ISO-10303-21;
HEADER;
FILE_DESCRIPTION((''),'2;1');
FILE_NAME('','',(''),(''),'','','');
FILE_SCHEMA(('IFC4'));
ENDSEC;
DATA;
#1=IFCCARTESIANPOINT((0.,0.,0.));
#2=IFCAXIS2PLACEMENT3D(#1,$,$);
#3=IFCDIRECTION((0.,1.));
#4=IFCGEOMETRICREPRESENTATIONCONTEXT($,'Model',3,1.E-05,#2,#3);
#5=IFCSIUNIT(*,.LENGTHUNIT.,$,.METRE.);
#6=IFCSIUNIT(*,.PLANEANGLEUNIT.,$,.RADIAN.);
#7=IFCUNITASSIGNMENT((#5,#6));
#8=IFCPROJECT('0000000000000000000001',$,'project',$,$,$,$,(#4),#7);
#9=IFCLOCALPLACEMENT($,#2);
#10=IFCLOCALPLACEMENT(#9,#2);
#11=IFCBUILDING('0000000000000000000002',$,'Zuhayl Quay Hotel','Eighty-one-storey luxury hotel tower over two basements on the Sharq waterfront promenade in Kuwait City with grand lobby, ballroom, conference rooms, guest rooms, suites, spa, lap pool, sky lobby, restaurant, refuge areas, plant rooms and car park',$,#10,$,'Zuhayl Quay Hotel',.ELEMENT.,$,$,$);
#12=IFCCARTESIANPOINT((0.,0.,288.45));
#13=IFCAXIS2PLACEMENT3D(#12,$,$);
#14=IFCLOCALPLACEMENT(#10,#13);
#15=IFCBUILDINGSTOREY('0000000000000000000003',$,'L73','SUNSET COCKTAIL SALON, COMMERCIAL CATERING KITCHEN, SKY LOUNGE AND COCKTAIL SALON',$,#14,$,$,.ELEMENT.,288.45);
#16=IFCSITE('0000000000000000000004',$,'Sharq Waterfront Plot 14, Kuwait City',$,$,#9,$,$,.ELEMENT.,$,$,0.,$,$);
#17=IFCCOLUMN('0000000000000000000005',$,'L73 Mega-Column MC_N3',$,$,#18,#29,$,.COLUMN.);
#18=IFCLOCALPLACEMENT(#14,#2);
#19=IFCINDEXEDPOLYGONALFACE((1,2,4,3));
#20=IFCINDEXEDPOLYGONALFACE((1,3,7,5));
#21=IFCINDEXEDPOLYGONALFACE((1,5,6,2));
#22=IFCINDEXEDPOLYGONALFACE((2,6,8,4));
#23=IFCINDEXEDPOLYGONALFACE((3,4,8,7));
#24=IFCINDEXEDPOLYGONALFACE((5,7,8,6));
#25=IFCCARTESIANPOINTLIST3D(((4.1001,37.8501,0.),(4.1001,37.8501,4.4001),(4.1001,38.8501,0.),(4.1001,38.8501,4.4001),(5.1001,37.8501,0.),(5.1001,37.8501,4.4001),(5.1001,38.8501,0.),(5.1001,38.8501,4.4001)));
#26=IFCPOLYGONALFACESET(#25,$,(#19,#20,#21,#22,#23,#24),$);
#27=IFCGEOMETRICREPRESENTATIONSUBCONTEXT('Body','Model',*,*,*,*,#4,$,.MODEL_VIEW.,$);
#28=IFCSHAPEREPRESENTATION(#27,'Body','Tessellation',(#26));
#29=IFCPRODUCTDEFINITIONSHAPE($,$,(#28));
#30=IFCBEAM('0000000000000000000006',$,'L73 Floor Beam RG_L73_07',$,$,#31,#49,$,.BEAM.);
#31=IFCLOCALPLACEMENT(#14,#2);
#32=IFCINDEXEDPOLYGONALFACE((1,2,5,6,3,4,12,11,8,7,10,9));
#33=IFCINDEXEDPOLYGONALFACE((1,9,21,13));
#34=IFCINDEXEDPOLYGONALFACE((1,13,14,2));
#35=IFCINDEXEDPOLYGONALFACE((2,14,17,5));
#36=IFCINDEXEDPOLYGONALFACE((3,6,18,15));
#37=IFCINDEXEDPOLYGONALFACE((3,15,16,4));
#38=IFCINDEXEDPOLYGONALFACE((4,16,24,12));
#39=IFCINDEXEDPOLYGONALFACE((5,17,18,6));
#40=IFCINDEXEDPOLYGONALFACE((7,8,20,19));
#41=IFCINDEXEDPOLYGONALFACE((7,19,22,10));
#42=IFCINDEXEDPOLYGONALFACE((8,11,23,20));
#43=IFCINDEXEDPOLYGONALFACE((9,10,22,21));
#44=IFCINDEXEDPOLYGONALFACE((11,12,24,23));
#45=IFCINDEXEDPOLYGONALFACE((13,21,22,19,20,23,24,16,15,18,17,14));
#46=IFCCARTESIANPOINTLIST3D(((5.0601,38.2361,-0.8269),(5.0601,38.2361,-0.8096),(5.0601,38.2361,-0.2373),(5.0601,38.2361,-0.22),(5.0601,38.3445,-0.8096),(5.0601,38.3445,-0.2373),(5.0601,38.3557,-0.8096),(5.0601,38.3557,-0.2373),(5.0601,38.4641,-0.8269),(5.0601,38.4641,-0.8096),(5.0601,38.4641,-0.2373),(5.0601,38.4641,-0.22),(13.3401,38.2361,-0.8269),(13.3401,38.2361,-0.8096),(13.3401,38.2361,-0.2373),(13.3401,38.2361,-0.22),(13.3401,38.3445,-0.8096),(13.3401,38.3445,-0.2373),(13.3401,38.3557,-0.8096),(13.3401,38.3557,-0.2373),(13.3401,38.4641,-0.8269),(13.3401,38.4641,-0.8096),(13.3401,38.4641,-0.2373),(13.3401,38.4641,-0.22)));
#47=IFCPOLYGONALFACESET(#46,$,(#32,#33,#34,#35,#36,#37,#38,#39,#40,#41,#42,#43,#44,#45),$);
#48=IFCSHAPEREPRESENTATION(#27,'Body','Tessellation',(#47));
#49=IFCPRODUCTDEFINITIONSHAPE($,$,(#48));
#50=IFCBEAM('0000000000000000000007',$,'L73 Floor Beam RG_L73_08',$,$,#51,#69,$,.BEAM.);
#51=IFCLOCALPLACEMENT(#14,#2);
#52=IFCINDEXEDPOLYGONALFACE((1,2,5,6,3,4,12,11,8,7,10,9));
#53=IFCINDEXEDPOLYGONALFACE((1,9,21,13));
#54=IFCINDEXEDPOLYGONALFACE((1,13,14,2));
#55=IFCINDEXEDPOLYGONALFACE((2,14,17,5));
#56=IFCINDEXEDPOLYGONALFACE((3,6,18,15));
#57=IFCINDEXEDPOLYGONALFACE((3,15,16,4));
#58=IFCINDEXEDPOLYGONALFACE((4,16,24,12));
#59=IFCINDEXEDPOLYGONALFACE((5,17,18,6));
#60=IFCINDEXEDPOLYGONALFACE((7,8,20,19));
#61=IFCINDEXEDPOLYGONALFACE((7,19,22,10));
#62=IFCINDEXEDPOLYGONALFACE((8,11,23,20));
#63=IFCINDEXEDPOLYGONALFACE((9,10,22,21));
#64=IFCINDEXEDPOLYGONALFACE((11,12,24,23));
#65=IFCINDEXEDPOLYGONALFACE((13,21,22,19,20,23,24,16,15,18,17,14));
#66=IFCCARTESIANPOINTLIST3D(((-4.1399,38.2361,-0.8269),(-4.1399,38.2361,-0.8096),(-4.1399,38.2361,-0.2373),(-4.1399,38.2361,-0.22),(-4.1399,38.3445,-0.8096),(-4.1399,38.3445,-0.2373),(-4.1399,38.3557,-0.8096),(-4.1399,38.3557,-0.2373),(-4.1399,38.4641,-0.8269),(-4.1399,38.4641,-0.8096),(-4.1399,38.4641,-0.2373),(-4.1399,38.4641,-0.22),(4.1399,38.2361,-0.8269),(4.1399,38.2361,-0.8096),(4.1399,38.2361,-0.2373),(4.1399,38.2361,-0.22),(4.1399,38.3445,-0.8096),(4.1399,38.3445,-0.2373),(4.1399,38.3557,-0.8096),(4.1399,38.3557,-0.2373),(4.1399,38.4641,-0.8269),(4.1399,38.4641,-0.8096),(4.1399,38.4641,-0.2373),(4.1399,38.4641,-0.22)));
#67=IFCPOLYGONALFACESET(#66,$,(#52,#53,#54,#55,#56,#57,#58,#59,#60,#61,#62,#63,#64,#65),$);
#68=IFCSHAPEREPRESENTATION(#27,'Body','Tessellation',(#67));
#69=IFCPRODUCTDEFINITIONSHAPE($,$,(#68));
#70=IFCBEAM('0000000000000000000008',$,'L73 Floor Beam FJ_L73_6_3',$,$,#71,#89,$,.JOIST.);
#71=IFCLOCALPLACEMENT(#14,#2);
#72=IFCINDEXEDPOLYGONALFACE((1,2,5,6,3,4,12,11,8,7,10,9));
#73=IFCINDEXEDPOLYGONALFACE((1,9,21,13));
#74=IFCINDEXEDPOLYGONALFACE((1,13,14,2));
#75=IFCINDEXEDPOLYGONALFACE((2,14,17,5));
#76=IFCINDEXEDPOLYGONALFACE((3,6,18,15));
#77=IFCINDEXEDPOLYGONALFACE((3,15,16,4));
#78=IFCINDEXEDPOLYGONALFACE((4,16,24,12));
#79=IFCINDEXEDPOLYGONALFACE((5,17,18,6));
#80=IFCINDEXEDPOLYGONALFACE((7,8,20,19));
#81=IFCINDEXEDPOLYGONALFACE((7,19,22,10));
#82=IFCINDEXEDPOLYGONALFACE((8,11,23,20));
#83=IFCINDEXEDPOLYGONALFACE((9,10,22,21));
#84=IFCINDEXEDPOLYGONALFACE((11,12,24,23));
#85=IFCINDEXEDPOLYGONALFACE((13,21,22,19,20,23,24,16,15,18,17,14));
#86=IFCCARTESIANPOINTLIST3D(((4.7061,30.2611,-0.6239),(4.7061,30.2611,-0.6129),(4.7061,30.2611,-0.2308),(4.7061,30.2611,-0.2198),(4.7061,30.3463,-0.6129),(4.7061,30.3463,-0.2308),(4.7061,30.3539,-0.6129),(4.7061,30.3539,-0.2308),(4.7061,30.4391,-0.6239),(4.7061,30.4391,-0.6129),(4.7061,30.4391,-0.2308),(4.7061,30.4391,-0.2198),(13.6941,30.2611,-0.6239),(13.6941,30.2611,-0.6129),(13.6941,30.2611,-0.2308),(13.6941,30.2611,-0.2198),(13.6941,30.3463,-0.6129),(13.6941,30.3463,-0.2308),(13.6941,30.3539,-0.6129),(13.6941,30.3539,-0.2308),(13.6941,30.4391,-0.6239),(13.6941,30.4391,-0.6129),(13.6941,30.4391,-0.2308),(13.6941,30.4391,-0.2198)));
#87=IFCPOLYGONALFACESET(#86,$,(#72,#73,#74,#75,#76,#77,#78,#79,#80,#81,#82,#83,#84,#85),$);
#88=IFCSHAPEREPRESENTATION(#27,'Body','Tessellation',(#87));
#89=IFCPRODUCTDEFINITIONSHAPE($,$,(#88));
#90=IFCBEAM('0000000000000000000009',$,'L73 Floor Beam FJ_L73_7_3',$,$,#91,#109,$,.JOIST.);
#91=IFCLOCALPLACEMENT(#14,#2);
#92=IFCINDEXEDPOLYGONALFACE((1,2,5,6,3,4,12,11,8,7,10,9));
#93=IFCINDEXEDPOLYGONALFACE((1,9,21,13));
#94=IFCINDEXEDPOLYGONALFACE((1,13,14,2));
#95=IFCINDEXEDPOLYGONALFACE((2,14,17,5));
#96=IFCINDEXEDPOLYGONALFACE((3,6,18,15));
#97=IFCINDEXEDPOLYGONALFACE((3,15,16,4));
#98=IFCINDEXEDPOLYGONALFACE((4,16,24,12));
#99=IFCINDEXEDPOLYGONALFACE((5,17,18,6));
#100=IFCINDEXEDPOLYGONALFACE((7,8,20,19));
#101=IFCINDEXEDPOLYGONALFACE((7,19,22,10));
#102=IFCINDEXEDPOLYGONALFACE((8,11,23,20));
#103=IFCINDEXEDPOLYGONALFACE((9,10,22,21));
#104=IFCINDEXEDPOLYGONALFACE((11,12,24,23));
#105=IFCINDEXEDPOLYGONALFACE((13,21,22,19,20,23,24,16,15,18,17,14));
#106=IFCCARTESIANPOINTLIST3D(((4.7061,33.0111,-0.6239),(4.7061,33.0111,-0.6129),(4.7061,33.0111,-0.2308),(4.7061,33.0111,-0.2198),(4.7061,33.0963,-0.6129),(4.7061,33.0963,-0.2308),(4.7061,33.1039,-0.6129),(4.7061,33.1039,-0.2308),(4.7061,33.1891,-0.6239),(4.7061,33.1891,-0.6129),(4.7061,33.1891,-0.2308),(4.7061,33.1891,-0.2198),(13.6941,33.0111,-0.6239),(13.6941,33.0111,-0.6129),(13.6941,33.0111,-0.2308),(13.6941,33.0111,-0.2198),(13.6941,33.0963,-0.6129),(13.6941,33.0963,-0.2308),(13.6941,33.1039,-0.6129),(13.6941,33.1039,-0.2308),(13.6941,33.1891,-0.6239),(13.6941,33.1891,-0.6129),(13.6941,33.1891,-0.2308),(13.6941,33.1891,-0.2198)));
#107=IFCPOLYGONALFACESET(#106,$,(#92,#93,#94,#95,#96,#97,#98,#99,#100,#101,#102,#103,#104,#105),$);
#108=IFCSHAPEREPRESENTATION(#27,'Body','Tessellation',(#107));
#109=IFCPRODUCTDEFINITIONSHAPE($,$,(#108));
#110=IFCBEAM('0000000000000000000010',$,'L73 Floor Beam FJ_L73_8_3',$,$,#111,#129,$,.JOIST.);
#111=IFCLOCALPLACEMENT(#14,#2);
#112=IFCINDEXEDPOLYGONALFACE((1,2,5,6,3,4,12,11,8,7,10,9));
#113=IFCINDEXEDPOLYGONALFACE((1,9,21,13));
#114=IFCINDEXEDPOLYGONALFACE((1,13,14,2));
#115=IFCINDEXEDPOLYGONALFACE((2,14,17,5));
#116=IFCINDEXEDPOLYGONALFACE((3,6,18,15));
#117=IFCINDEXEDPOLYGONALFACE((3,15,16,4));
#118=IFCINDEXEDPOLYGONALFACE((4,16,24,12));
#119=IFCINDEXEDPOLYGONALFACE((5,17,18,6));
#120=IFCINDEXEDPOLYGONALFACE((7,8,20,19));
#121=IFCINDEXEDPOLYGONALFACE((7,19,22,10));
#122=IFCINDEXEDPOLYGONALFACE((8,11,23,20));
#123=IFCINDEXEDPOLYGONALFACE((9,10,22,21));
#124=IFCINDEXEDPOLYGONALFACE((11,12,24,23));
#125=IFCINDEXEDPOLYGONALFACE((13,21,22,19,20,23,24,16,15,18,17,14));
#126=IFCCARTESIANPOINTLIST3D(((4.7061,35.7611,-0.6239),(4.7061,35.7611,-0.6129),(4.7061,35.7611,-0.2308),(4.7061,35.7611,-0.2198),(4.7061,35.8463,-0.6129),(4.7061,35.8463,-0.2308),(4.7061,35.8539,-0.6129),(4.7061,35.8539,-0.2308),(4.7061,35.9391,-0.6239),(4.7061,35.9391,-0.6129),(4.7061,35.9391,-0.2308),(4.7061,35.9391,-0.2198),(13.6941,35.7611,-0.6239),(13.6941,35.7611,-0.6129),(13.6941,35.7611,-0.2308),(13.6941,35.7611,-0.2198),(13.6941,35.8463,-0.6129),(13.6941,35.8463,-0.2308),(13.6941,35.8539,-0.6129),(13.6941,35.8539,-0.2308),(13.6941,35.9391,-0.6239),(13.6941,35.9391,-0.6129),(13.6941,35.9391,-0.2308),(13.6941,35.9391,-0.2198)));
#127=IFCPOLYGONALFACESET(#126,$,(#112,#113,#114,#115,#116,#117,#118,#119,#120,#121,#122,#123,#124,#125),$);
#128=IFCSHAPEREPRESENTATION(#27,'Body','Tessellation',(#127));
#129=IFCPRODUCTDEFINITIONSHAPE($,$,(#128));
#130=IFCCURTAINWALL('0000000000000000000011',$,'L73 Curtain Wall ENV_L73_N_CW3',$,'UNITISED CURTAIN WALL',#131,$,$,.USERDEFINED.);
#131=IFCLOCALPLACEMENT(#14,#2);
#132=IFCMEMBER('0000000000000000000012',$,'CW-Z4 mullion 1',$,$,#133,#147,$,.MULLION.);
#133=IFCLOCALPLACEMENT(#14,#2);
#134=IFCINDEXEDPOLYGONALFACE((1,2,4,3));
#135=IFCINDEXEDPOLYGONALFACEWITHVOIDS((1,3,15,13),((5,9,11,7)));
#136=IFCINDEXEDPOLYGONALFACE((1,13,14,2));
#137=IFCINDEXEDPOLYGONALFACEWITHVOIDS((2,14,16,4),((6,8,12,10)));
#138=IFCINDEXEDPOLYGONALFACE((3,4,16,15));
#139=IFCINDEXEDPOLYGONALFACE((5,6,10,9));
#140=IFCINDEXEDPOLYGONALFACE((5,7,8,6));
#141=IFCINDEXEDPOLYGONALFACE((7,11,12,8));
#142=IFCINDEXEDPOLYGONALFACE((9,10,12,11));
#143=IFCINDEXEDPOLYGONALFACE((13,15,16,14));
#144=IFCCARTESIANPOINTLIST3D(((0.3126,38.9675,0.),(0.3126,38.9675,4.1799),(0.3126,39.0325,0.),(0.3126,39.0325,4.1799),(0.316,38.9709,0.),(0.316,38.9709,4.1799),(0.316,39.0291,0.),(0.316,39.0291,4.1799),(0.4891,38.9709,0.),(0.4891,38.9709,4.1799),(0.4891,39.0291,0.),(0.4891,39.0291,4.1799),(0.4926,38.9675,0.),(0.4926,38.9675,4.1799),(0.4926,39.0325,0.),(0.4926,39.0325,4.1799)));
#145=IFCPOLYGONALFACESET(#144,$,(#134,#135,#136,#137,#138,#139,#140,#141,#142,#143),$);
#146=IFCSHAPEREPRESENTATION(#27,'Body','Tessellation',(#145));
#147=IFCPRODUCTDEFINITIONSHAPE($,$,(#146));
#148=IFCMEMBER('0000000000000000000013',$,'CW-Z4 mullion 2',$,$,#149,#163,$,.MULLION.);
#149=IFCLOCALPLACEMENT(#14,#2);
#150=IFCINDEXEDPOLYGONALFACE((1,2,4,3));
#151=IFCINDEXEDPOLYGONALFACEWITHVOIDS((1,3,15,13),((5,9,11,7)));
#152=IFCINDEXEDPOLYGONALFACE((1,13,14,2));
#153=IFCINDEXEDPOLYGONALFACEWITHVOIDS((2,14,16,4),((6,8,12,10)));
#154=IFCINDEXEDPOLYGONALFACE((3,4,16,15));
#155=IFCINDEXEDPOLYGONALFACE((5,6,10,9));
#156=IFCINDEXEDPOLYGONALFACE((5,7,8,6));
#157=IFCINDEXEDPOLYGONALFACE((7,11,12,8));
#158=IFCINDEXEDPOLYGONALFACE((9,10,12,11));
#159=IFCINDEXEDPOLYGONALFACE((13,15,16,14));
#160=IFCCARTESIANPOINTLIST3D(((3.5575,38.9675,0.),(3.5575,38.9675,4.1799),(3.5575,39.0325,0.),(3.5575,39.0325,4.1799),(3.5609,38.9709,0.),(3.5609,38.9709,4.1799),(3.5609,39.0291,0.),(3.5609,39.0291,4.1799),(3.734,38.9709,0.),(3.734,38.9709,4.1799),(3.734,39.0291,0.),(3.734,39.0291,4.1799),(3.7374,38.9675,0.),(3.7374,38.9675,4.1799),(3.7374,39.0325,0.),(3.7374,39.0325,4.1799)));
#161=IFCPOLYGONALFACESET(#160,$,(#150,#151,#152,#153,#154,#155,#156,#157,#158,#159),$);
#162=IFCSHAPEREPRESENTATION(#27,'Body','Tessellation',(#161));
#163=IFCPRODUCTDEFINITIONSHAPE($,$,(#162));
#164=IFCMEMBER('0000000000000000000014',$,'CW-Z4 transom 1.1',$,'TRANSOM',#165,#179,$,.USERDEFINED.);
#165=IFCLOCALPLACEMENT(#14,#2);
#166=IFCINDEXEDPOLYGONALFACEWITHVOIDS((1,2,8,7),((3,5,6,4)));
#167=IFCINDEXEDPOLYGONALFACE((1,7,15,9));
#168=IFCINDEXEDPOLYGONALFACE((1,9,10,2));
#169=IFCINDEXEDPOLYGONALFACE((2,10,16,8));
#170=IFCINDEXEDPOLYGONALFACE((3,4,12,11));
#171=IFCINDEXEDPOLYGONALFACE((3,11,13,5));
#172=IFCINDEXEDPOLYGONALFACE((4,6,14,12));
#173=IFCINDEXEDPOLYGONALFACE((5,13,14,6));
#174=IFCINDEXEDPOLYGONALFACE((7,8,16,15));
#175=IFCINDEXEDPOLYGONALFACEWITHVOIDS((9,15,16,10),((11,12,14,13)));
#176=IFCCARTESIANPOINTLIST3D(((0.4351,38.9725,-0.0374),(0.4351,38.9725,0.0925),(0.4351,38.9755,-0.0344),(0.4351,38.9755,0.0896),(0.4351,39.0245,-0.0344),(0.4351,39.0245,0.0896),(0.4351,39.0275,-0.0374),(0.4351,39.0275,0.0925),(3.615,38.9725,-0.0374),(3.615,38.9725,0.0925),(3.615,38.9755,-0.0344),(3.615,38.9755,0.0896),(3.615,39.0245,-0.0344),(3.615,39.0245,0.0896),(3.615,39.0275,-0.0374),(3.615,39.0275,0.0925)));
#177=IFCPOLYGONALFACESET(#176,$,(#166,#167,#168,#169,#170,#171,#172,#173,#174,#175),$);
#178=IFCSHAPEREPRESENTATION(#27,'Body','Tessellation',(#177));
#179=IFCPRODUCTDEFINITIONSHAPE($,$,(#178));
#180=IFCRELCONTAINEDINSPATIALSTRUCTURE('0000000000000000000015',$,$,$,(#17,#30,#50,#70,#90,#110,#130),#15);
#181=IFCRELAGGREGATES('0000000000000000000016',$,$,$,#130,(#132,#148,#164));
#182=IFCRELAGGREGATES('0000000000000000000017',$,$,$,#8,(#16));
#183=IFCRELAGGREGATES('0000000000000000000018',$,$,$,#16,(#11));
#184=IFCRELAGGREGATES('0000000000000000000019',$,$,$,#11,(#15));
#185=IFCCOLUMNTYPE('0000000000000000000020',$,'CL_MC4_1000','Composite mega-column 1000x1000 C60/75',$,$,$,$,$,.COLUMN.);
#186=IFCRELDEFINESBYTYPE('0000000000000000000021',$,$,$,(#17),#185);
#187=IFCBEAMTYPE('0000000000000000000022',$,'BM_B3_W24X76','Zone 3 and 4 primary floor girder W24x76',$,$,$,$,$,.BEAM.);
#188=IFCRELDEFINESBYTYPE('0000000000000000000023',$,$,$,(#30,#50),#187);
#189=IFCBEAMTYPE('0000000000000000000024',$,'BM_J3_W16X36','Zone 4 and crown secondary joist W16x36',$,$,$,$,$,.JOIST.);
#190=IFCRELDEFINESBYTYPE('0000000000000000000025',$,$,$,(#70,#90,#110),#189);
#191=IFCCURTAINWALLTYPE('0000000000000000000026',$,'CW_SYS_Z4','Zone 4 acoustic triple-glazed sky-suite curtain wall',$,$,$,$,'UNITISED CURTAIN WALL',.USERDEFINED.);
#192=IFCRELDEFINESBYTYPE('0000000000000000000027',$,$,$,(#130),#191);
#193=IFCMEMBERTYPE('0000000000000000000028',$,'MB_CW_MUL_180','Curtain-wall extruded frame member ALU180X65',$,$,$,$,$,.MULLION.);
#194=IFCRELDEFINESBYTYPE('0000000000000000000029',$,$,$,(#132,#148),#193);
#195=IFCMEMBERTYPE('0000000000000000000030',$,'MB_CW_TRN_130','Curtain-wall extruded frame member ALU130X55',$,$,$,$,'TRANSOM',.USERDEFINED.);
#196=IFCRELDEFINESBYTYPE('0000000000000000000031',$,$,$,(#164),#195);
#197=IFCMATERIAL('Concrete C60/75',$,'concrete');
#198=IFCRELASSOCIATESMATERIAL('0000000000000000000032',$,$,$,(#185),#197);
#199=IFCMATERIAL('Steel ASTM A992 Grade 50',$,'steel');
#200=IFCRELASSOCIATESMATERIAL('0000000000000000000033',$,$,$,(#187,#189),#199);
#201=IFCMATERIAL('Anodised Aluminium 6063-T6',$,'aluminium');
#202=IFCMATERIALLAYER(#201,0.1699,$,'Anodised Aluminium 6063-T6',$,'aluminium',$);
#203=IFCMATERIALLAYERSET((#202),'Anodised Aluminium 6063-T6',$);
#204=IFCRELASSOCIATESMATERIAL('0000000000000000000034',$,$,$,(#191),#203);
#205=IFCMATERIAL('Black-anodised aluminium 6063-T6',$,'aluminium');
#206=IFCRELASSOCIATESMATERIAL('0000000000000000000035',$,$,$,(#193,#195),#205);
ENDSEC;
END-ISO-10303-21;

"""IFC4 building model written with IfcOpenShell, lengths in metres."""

from ifc_helpers import new_model, si_unit, direction, frame, origin, origin_2d, place, context, subcontext, project, spatial, rectangle, hollow_rectangle, i_section, extrude, material, layer, layer_set, material_profile, profile_set, type_object, element, aggregate, save


model = new_model("IFC4")

# Units and contexts
model_context = context("Model", 3, precision=1e-05, world=origin(), true_north=direction((0.0, 1.0)))
body_context = subcontext(model_context, "Body", "Model", "MODEL_VIEW")
ifc_project = project(units=[si_unit("LENGTHUNIT", "METRE"), si_unit("PLANEANGLEUNIT", "RADIAN")], contexts=[model_context])

# Site, building, storey
site_placement = place(None, origin())
site = spatial("IfcSite", under=ifc_project, at=site_placement, Name="Sharq Waterfront Plot 14, Kuwait City", CompositionType="ELEMENT", RefElevation=0.0)
building_placement = place(site_placement, origin())
building = spatial("IfcBuilding", under=site, at=building_placement, Name="Zuhayl Quay Hotel", Description="Eighty-one-storey luxury hotel tower over two basements on the Sharq waterfront promenade in Kuwait City with grand lobby, ballroom, conference rooms, guest rooms, suites, spa, lap pool, sky lobby, restaurant, refuge areas, plant rooms and car park", LongName="Zuhayl Quay Hotel", CompositionType="ELEMENT")
storey_placement = place(building_placement, frame((0.0, 0.0, 288.45)))
storey = spatial("IfcBuildingStorey", under=building, at=storey_placement, Name="L73", Description="SUNSET COCKTAIL SALON, COMMERCIAL CATERING KITCHEN, SKY LOUNGE AND COCKTAIL SALON", CompositionType="ELEMENT", Elevation=288.45)

# Column
ifc_material_1 = material(Name="Concrete C60/75", Category="concrete")
ifc_material_profile_1 = material_profile(ifc_material_1, rectangle(XDim=1.0, YDim=1.0, at=origin_2d()), Name="RC1000X1000")
ifc_profile_set_1 = profile_set([ifc_material_profile_1], Name="Concrete C60/75")
column_type = type_object("IfcColumnType", Name="CL_MC4_1000", Description="Composite mega-column 1000x1000 C60/75", PredefinedType="COLUMN", material=ifc_profile_set_1)
column_placement = place(storey_placement, frame((4.6001, 38.3501, 0.0), z_axis=(0.0, 0.0, 1.0), x_axis=(1.0, 0.0, 0.0)))
element("IfcColumn", 1, at=column_placement, inside=storey, type_object=column_type, Name="L73 Mega-Column MC_N3", PredefinedType="COLUMN", context=body_context, shape_type="SweptSolid", body=[
    extrude(rectangle(XDim=1.0, YDim=1.0, at=origin_2d()), origin(), (0.0, 0.0, 1.0), 4.4001),
])

# Beams
ifc_material_2 = material(Name="Steel ASTM A992 Grade 50", Category="steel")
ifc_material_profile_2 = material_profile(ifc_material_2, i_section(OverallWidth=0.228, OverallDepth=0.6069, WebThickness=0.0112, FlangeThickness=0.0173, at=origin_2d()), Name="W24X76")
ifc_profile_set_2 = profile_set([ifc_material_profile_2], Name="Steel ASTM A992 Grade 50")
beam_type_1 = type_object("IfcBeamType", Name="BM_B3_W24X76", Description="Zone 3 and 4 primary floor girder W24x76", PredefinedType="BEAM", material=ifc_profile_set_2)
beam_1_placement = place(storey_placement, frame((13.3401, 38.3501, -0.5234), z_axis=(-1.0, 0.0, 0.0), x_axis=(0.0, -1.0, 0.0)))
element("IfcBeam", 2, at=beam_1_placement, inside=storey, type_object=beam_type_1, Name="L73 Floor Beam RG_L73_07", PredefinedType="BEAM", context=body_context, shape_type="SweptSolid", body=[
    extrude(i_section(OverallWidth=0.228, OverallDepth=0.6069, WebThickness=0.0112, FlangeThickness=0.0173, at=origin_2d()), origin(), (0.0, 0.0, 1.0), 8.28),
])
beam_2_placement = place(storey_placement, frame((4.1399, 38.3501, -0.5234), z_axis=(-1.0, 0.0, 0.0), x_axis=(0.0, -1.0, 0.0)))
element("IfcBeam", 3, at=beam_2_placement, inside=storey, type_object=beam_type_1, Name="L73 Floor Beam RG_L73_08", PredefinedType="BEAM", context=body_context, shape_type="SweptSolid", body=[
    extrude(i_section(OverallWidth=0.228, OverallDepth=0.6069, WebThickness=0.0112, FlangeThickness=0.0173, at=origin_2d()), origin(), (0.0, 0.0, 1.0), 8.2798),
])
ifc_material_profile_3 = material_profile(ifc_material_2, i_section(OverallWidth=0.178, OverallDepth=0.4041, WebThickness=0.0076, FlangeThickness=0.011, at=origin_2d()), Name="W16X36")
ifc_profile_set_3 = profile_set([ifc_material_profile_3], Name="Steel ASTM A992 Grade 50")
beam_type_2 = type_object("IfcBeamType", Name="BM_J3_W16X36", Description="Zone 4 and crown secondary joist W16x36", PredefinedType="JOIST", material=ifc_profile_set_3)
for number, where, z_axis, x_axis, name in (
    (4, (4.7061, 30.3501, -0.4219), (1.0, 0.0, 0.0), (0.0, 1.0, 0.0), "L73 Floor Beam FJ_L73_6_3"),
    (5, (4.7061, 33.1001, -0.4219), (1.0, 0.0, 0.0), (0.0, 1.0, 0.0), "L73 Floor Beam FJ_L73_7_3"),
    (6, (4.7061, 35.8501, -0.4219), (1.0, 0.0, 0.0), (0.0, 1.0, 0.0), "L73 Floor Beam FJ_L73_8_3"),
):
    element("IfcBeam", number, at=place(storey_placement, frame(where, z_axis=z_axis, x_axis=x_axis)), inside=storey, type_object=beam_type_2, Name=name, PredefinedType="JOIST", context=body_context, shape_type="SweptSolid", body=[
        extrude(i_section(OverallWidth=0.178, OverallDepth=0.4041, WebThickness=0.0076, FlangeThickness=0.011, at=origin_2d()), origin(), (0.0, 0.0, 1.0), 8.988),
    ])

# Curtain wall, members
ifc_material_3 = material(Name="Anodised Aluminium 6063-T6", Category="aluminium")
ifc_layer_1 = layer(ifc_material_3, 0.1699, Name="Anodised Aluminium 6063-T6", Category="aluminium")
ifc_layer_set_1 = layer_set([ifc_layer_1], Name="Anodised Aluminium 6063-T6")
curtain_wall_type = type_object("IfcCurtainWallType", Name="CW_SYS_Z4", Description="Zone 4 acoustic triple-glazed sky-suite curtain wall", ElementType="UNITISED CURTAIN WALL", PredefinedType="USERDEFINED", material=ifc_layer_set_1)
curtain_wall_placement = place(storey_placement, origin())
curtain_wall = element("IfcCurtainWall", 7, at=curtain_wall_placement, inside=storey, type_object=curtain_wall_type, Name="L73 Curtain Wall ENV_L73_N_CW3", ObjectType="UNITISED CURTAIN WALL", PredefinedType="USERDEFINED")
ifc_material_4 = material(Name="Black-anodised aluminium 6063-T6", Category="aluminium")
ifc_material_profile_4 = material_profile(ifc_material_4, hollow_rectangle(XDim=0.0649, YDim=0.1799, WallThickness=0.0034, at=origin_2d()), Name="ALU180X65")
ifc_profile_set_4 = profile_set([ifc_material_profile_4], Name="Black-anodised aluminium 6063-T6")
member_type_1 = type_object("IfcMemberType", Name="MB_CW_MUL_180", Description="Curtain-wall extruded frame member ALU180X65", PredefinedType="MULLION", material=ifc_profile_set_4)
member_1_placement = place(storey_placement, frame((0.4026, 39.0, 0.0), z_axis=(0.0, 0.0, 1.0), x_axis=(0.0, 1.0, 0.0)))
member_1 = element("IfcMember", 8, at=member_1_placement, type_object=member_type_1, Name="CW-Z4 mullion 1", PredefinedType="MULLION", context=body_context, shape_type="SweptSolid", body=[
    extrude(hollow_rectangle(XDim=0.0649, YDim=0.1799, WallThickness=0.0034, at=origin_2d()), origin(), (0.0, 0.0, 1.0), 4.1799),
])
member_2_placement = place(storey_placement, frame((3.6475, 39.0, 0.0), z_axis=(0.0, 0.0, 1.0), x_axis=(0.0, 1.0, 0.0)))
member_2 = element("IfcMember", 9, at=member_2_placement, type_object=member_type_1, Name="CW-Z4 mullion 2", PredefinedType="MULLION", context=body_context, shape_type="SweptSolid", body=[
    extrude(hollow_rectangle(XDim=0.0649, YDim=0.1799, WallThickness=0.0034, at=origin_2d()), origin(), (0.0, 0.0, 1.0), 4.1799),
])
ifc_material_profile_5 = material_profile(ifc_material_4, hollow_rectangle(XDim=0.0549, YDim=0.1299, WallThickness=0.0029, at=origin_2d()), Name="ALU130X55")
ifc_profile_set_5 = profile_set([ifc_material_profile_5], Name="Black-anodised aluminium 6063-T6")
member_type_2 = type_object("IfcMemberType", Name="MB_CW_TRN_130", Description="Curtain-wall extruded frame member ALU130X55", ElementType="TRANSOM", PredefinedType="USERDEFINED", material=ifc_profile_set_5)
member_3_placement = place(storey_placement, frame((0.4351, 39.0, 0.0276), z_axis=(1.0, 0.0, 0.0), x_axis=(0.0, 1.0, 0.0)))
member_3 = element("IfcMember", 10, at=member_3_placement, type_object=member_type_2, Name="CW-Z4 transom 1.1", ObjectType="TRANSOM", PredefinedType="USERDEFINED", context=body_context, shape_type="SweptSolid", body=[
    extrude(hollow_rectangle(XDim=0.0549, YDim=0.1299, WallThickness=0.0029, at=origin_2d()), origin(), (0.0, 0.0, 1.0), 3.1799),
])
aggregate(curtain_wall, [member_1, member_2, member_3])

save(model, "model.ifc")
